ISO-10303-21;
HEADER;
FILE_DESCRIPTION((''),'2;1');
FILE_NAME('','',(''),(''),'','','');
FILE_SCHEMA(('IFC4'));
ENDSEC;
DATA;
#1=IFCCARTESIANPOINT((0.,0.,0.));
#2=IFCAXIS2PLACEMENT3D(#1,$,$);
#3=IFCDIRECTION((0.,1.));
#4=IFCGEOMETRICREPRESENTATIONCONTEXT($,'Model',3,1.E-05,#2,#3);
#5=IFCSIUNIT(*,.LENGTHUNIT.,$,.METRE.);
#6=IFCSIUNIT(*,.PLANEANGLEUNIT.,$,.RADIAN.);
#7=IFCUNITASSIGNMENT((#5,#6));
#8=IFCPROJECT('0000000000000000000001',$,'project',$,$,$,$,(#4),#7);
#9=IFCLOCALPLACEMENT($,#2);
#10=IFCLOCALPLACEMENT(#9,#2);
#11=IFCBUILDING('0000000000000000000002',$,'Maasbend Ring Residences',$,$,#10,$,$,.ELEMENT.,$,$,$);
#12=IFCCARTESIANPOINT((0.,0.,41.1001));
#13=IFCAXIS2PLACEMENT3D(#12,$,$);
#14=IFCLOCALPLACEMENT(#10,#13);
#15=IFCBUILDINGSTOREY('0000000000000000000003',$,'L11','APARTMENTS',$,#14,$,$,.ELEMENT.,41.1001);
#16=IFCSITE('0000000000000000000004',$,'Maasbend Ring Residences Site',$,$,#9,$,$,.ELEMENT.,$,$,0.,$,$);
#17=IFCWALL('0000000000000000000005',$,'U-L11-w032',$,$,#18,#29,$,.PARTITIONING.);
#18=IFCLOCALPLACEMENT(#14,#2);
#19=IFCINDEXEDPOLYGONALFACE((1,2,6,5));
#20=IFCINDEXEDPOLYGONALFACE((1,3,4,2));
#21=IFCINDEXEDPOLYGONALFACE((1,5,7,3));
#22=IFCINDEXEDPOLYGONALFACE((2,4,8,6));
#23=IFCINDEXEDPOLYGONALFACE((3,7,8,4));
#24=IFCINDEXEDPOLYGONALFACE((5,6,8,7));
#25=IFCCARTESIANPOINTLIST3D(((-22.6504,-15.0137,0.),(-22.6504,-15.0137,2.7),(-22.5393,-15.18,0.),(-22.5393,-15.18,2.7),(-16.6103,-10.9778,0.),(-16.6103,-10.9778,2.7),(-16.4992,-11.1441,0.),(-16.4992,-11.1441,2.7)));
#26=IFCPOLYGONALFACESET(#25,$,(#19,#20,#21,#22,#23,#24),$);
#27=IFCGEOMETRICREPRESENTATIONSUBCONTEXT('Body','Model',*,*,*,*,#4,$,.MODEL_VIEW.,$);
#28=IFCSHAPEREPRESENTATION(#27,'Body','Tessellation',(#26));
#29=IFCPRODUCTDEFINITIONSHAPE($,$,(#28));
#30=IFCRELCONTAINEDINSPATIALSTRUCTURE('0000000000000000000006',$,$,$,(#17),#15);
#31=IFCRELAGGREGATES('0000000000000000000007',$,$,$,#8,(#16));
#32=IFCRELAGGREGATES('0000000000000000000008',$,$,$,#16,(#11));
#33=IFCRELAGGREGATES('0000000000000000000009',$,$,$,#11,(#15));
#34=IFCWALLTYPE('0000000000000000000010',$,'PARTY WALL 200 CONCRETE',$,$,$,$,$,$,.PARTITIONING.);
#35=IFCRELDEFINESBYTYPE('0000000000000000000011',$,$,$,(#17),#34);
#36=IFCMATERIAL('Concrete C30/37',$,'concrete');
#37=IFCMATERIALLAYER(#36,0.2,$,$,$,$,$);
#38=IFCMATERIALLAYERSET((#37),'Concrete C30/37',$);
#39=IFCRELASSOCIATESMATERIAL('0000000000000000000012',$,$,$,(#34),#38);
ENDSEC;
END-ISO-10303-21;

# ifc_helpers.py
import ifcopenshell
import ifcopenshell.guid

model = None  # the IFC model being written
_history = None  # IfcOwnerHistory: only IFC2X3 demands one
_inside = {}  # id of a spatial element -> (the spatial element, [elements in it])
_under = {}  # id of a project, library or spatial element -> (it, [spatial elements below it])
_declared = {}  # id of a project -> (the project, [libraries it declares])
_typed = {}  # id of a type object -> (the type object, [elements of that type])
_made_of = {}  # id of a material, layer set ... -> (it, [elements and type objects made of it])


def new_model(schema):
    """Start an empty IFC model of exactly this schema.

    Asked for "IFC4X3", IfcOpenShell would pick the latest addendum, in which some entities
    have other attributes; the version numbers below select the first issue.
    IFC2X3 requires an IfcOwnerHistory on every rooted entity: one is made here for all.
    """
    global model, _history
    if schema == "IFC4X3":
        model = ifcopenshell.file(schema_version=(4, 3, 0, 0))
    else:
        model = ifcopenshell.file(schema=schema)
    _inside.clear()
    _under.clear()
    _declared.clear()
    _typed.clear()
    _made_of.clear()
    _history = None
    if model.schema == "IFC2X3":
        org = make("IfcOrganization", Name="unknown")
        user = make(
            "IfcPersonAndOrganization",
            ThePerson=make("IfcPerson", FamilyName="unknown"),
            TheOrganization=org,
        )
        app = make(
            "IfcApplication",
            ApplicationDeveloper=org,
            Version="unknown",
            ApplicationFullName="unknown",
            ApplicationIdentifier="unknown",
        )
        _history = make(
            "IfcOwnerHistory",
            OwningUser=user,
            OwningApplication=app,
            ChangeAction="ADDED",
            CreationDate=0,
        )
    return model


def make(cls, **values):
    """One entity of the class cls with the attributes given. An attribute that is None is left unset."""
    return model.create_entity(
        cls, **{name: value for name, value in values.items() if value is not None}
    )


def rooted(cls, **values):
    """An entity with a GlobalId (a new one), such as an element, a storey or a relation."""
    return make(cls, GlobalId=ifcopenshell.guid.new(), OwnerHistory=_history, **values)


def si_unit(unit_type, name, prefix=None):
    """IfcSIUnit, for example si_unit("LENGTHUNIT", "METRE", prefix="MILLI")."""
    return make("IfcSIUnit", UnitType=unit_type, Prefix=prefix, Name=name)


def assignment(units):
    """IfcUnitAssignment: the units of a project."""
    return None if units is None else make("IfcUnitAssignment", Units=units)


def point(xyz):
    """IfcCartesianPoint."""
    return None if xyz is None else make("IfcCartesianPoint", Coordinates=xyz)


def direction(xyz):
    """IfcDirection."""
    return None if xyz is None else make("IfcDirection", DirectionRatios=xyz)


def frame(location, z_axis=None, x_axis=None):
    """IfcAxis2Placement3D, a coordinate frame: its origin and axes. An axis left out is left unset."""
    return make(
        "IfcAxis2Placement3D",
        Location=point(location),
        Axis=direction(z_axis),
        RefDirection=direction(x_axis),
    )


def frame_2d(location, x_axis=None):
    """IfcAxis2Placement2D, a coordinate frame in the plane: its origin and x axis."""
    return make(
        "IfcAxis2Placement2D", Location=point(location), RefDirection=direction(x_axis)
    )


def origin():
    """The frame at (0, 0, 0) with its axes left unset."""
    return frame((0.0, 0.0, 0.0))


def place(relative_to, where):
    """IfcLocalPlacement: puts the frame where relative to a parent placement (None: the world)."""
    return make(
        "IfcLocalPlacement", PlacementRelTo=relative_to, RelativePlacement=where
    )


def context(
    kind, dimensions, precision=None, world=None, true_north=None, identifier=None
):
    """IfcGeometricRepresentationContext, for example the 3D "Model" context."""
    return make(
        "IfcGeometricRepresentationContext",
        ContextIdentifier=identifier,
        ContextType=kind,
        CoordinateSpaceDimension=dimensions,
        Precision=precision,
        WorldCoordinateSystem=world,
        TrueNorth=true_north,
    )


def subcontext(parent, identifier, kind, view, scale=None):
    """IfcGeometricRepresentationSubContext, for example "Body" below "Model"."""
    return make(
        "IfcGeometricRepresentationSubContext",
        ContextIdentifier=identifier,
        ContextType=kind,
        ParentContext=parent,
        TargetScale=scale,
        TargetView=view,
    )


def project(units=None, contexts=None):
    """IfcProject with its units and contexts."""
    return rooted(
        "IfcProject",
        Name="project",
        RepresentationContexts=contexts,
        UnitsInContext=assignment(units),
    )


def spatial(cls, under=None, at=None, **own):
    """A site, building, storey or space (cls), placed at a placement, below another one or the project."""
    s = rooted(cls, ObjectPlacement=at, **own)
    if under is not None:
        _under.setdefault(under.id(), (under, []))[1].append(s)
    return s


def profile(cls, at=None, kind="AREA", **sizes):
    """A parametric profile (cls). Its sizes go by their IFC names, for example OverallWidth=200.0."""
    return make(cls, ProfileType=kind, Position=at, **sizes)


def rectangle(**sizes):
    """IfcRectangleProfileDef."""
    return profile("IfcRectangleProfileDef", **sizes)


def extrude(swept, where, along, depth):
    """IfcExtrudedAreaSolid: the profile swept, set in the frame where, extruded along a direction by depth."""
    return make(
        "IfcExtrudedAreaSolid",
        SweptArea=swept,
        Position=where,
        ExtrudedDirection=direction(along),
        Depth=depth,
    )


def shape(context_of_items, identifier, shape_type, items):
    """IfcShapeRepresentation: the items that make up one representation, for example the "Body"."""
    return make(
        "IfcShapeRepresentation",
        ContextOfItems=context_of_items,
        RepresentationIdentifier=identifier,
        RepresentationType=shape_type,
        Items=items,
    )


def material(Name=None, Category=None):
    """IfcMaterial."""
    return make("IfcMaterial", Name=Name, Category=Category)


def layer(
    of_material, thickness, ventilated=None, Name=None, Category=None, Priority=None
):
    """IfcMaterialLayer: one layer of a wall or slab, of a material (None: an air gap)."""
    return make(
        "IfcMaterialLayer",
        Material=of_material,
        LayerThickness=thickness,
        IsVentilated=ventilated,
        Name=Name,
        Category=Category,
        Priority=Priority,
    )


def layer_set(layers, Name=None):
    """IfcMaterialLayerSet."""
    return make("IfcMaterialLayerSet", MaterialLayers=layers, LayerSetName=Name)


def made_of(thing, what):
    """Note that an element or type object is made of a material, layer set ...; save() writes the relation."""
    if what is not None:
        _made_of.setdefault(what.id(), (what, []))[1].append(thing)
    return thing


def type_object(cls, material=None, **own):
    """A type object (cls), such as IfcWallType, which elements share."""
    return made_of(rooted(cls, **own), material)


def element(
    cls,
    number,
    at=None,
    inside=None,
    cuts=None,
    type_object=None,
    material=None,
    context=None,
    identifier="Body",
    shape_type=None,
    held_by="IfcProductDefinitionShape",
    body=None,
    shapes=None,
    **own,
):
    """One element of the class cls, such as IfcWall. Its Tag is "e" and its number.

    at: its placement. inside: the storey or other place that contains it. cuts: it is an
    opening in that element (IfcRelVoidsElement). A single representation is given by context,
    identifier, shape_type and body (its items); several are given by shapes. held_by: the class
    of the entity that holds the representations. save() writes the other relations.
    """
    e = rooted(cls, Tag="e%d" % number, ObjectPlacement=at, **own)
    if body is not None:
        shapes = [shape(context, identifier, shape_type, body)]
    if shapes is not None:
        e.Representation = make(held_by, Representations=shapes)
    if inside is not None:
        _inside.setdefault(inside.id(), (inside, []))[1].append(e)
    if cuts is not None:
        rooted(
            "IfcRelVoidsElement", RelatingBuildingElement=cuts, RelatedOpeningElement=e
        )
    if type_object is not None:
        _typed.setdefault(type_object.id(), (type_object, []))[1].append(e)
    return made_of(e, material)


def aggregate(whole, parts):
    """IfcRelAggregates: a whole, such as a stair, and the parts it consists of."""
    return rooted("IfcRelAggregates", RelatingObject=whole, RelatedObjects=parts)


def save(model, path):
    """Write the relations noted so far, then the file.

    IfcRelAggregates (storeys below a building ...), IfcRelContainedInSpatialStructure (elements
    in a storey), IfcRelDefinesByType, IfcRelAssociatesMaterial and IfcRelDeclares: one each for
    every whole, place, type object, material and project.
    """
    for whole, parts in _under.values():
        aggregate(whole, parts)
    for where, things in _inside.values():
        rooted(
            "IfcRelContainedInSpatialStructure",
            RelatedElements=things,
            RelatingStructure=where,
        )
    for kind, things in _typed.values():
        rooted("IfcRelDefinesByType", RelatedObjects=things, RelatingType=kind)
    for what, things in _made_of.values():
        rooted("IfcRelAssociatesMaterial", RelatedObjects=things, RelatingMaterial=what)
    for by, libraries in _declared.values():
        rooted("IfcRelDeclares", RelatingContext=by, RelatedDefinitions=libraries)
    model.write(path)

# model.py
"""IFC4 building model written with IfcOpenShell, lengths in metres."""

from ifc_helpers import new_model, si_unit, direction, frame, frame_2d, origin, place, context, subcontext, project, spatial, rectangle, extrude, material, layer, layer_set, type_object, element, save


model = new_model("IFC4")

# Units and contexts
model_context = context("Model", 3, precision=1e-05, world=origin(), true_north=direction((0.0, 1.0)))
body_context = subcontext(model_context, "Body", "Model", "MODEL_VIEW")
ifc_project = project(units=[si_unit("LENGTHUNIT", "METRE"), si_unit("PLANEANGLEUNIT", "RADIAN")], contexts=[model_context])

# Site, building, storey
site_placement = place(None, origin())
site = spatial("IfcSite", under=ifc_project, at=site_placement, Name="Maasbend Ring Residences Site", CompositionType="ELEMENT", RefElevation=0.0)
building_placement = place(site_placement, origin())
building = spatial("IfcBuilding", under=site, at=building_placement, Name="Maasbend Ring Residences", CompositionType="ELEMENT")
storey_placement = place(building_placement, frame((0.0, 0.0, 41.1001)))
storey = spatial("IfcBuildingStorey", under=building, at=storey_placement, Name="L11", Description="APARTMENTS", CompositionType="ELEMENT", Elevation=41.1001)

# Wall
ifc_material_1 = material(Name="Concrete C30/37", Category="concrete")
ifc_layer_1 = layer(ifc_material_1, 0.2)
ifc_layer_set_1 = layer_set([ifc_layer_1], Name="Concrete C30/37")
wall_type_1 = type_object("IfcWallType", Name="PARTY WALL 200 CONCRETE", PredefinedType="PARTITIONING", material=ifc_layer_set_1)
wall_1_placement = place(storey_placement, frame((-22.595, -15.0969, 0.0), z_axis=(0.0, 0.0, 1.0), x_axis=(0.831466, 0.555576, 0.0)))
element("IfcWall", 1, at=wall_1_placement, inside=storey, type_object=wall_type_1, Name="U-L11-w032", PredefinedType="PARTITIONING", context=body_context, shape_type="SweptSolid", body=[
    extrude(rectangle(XDim=7.2644, YDim=0.2, at=frame_2d((3.6323, 0.0))), origin(), (0.0, 0.0, 1.0), 2.7),
])

save(model, "model.ifc")
